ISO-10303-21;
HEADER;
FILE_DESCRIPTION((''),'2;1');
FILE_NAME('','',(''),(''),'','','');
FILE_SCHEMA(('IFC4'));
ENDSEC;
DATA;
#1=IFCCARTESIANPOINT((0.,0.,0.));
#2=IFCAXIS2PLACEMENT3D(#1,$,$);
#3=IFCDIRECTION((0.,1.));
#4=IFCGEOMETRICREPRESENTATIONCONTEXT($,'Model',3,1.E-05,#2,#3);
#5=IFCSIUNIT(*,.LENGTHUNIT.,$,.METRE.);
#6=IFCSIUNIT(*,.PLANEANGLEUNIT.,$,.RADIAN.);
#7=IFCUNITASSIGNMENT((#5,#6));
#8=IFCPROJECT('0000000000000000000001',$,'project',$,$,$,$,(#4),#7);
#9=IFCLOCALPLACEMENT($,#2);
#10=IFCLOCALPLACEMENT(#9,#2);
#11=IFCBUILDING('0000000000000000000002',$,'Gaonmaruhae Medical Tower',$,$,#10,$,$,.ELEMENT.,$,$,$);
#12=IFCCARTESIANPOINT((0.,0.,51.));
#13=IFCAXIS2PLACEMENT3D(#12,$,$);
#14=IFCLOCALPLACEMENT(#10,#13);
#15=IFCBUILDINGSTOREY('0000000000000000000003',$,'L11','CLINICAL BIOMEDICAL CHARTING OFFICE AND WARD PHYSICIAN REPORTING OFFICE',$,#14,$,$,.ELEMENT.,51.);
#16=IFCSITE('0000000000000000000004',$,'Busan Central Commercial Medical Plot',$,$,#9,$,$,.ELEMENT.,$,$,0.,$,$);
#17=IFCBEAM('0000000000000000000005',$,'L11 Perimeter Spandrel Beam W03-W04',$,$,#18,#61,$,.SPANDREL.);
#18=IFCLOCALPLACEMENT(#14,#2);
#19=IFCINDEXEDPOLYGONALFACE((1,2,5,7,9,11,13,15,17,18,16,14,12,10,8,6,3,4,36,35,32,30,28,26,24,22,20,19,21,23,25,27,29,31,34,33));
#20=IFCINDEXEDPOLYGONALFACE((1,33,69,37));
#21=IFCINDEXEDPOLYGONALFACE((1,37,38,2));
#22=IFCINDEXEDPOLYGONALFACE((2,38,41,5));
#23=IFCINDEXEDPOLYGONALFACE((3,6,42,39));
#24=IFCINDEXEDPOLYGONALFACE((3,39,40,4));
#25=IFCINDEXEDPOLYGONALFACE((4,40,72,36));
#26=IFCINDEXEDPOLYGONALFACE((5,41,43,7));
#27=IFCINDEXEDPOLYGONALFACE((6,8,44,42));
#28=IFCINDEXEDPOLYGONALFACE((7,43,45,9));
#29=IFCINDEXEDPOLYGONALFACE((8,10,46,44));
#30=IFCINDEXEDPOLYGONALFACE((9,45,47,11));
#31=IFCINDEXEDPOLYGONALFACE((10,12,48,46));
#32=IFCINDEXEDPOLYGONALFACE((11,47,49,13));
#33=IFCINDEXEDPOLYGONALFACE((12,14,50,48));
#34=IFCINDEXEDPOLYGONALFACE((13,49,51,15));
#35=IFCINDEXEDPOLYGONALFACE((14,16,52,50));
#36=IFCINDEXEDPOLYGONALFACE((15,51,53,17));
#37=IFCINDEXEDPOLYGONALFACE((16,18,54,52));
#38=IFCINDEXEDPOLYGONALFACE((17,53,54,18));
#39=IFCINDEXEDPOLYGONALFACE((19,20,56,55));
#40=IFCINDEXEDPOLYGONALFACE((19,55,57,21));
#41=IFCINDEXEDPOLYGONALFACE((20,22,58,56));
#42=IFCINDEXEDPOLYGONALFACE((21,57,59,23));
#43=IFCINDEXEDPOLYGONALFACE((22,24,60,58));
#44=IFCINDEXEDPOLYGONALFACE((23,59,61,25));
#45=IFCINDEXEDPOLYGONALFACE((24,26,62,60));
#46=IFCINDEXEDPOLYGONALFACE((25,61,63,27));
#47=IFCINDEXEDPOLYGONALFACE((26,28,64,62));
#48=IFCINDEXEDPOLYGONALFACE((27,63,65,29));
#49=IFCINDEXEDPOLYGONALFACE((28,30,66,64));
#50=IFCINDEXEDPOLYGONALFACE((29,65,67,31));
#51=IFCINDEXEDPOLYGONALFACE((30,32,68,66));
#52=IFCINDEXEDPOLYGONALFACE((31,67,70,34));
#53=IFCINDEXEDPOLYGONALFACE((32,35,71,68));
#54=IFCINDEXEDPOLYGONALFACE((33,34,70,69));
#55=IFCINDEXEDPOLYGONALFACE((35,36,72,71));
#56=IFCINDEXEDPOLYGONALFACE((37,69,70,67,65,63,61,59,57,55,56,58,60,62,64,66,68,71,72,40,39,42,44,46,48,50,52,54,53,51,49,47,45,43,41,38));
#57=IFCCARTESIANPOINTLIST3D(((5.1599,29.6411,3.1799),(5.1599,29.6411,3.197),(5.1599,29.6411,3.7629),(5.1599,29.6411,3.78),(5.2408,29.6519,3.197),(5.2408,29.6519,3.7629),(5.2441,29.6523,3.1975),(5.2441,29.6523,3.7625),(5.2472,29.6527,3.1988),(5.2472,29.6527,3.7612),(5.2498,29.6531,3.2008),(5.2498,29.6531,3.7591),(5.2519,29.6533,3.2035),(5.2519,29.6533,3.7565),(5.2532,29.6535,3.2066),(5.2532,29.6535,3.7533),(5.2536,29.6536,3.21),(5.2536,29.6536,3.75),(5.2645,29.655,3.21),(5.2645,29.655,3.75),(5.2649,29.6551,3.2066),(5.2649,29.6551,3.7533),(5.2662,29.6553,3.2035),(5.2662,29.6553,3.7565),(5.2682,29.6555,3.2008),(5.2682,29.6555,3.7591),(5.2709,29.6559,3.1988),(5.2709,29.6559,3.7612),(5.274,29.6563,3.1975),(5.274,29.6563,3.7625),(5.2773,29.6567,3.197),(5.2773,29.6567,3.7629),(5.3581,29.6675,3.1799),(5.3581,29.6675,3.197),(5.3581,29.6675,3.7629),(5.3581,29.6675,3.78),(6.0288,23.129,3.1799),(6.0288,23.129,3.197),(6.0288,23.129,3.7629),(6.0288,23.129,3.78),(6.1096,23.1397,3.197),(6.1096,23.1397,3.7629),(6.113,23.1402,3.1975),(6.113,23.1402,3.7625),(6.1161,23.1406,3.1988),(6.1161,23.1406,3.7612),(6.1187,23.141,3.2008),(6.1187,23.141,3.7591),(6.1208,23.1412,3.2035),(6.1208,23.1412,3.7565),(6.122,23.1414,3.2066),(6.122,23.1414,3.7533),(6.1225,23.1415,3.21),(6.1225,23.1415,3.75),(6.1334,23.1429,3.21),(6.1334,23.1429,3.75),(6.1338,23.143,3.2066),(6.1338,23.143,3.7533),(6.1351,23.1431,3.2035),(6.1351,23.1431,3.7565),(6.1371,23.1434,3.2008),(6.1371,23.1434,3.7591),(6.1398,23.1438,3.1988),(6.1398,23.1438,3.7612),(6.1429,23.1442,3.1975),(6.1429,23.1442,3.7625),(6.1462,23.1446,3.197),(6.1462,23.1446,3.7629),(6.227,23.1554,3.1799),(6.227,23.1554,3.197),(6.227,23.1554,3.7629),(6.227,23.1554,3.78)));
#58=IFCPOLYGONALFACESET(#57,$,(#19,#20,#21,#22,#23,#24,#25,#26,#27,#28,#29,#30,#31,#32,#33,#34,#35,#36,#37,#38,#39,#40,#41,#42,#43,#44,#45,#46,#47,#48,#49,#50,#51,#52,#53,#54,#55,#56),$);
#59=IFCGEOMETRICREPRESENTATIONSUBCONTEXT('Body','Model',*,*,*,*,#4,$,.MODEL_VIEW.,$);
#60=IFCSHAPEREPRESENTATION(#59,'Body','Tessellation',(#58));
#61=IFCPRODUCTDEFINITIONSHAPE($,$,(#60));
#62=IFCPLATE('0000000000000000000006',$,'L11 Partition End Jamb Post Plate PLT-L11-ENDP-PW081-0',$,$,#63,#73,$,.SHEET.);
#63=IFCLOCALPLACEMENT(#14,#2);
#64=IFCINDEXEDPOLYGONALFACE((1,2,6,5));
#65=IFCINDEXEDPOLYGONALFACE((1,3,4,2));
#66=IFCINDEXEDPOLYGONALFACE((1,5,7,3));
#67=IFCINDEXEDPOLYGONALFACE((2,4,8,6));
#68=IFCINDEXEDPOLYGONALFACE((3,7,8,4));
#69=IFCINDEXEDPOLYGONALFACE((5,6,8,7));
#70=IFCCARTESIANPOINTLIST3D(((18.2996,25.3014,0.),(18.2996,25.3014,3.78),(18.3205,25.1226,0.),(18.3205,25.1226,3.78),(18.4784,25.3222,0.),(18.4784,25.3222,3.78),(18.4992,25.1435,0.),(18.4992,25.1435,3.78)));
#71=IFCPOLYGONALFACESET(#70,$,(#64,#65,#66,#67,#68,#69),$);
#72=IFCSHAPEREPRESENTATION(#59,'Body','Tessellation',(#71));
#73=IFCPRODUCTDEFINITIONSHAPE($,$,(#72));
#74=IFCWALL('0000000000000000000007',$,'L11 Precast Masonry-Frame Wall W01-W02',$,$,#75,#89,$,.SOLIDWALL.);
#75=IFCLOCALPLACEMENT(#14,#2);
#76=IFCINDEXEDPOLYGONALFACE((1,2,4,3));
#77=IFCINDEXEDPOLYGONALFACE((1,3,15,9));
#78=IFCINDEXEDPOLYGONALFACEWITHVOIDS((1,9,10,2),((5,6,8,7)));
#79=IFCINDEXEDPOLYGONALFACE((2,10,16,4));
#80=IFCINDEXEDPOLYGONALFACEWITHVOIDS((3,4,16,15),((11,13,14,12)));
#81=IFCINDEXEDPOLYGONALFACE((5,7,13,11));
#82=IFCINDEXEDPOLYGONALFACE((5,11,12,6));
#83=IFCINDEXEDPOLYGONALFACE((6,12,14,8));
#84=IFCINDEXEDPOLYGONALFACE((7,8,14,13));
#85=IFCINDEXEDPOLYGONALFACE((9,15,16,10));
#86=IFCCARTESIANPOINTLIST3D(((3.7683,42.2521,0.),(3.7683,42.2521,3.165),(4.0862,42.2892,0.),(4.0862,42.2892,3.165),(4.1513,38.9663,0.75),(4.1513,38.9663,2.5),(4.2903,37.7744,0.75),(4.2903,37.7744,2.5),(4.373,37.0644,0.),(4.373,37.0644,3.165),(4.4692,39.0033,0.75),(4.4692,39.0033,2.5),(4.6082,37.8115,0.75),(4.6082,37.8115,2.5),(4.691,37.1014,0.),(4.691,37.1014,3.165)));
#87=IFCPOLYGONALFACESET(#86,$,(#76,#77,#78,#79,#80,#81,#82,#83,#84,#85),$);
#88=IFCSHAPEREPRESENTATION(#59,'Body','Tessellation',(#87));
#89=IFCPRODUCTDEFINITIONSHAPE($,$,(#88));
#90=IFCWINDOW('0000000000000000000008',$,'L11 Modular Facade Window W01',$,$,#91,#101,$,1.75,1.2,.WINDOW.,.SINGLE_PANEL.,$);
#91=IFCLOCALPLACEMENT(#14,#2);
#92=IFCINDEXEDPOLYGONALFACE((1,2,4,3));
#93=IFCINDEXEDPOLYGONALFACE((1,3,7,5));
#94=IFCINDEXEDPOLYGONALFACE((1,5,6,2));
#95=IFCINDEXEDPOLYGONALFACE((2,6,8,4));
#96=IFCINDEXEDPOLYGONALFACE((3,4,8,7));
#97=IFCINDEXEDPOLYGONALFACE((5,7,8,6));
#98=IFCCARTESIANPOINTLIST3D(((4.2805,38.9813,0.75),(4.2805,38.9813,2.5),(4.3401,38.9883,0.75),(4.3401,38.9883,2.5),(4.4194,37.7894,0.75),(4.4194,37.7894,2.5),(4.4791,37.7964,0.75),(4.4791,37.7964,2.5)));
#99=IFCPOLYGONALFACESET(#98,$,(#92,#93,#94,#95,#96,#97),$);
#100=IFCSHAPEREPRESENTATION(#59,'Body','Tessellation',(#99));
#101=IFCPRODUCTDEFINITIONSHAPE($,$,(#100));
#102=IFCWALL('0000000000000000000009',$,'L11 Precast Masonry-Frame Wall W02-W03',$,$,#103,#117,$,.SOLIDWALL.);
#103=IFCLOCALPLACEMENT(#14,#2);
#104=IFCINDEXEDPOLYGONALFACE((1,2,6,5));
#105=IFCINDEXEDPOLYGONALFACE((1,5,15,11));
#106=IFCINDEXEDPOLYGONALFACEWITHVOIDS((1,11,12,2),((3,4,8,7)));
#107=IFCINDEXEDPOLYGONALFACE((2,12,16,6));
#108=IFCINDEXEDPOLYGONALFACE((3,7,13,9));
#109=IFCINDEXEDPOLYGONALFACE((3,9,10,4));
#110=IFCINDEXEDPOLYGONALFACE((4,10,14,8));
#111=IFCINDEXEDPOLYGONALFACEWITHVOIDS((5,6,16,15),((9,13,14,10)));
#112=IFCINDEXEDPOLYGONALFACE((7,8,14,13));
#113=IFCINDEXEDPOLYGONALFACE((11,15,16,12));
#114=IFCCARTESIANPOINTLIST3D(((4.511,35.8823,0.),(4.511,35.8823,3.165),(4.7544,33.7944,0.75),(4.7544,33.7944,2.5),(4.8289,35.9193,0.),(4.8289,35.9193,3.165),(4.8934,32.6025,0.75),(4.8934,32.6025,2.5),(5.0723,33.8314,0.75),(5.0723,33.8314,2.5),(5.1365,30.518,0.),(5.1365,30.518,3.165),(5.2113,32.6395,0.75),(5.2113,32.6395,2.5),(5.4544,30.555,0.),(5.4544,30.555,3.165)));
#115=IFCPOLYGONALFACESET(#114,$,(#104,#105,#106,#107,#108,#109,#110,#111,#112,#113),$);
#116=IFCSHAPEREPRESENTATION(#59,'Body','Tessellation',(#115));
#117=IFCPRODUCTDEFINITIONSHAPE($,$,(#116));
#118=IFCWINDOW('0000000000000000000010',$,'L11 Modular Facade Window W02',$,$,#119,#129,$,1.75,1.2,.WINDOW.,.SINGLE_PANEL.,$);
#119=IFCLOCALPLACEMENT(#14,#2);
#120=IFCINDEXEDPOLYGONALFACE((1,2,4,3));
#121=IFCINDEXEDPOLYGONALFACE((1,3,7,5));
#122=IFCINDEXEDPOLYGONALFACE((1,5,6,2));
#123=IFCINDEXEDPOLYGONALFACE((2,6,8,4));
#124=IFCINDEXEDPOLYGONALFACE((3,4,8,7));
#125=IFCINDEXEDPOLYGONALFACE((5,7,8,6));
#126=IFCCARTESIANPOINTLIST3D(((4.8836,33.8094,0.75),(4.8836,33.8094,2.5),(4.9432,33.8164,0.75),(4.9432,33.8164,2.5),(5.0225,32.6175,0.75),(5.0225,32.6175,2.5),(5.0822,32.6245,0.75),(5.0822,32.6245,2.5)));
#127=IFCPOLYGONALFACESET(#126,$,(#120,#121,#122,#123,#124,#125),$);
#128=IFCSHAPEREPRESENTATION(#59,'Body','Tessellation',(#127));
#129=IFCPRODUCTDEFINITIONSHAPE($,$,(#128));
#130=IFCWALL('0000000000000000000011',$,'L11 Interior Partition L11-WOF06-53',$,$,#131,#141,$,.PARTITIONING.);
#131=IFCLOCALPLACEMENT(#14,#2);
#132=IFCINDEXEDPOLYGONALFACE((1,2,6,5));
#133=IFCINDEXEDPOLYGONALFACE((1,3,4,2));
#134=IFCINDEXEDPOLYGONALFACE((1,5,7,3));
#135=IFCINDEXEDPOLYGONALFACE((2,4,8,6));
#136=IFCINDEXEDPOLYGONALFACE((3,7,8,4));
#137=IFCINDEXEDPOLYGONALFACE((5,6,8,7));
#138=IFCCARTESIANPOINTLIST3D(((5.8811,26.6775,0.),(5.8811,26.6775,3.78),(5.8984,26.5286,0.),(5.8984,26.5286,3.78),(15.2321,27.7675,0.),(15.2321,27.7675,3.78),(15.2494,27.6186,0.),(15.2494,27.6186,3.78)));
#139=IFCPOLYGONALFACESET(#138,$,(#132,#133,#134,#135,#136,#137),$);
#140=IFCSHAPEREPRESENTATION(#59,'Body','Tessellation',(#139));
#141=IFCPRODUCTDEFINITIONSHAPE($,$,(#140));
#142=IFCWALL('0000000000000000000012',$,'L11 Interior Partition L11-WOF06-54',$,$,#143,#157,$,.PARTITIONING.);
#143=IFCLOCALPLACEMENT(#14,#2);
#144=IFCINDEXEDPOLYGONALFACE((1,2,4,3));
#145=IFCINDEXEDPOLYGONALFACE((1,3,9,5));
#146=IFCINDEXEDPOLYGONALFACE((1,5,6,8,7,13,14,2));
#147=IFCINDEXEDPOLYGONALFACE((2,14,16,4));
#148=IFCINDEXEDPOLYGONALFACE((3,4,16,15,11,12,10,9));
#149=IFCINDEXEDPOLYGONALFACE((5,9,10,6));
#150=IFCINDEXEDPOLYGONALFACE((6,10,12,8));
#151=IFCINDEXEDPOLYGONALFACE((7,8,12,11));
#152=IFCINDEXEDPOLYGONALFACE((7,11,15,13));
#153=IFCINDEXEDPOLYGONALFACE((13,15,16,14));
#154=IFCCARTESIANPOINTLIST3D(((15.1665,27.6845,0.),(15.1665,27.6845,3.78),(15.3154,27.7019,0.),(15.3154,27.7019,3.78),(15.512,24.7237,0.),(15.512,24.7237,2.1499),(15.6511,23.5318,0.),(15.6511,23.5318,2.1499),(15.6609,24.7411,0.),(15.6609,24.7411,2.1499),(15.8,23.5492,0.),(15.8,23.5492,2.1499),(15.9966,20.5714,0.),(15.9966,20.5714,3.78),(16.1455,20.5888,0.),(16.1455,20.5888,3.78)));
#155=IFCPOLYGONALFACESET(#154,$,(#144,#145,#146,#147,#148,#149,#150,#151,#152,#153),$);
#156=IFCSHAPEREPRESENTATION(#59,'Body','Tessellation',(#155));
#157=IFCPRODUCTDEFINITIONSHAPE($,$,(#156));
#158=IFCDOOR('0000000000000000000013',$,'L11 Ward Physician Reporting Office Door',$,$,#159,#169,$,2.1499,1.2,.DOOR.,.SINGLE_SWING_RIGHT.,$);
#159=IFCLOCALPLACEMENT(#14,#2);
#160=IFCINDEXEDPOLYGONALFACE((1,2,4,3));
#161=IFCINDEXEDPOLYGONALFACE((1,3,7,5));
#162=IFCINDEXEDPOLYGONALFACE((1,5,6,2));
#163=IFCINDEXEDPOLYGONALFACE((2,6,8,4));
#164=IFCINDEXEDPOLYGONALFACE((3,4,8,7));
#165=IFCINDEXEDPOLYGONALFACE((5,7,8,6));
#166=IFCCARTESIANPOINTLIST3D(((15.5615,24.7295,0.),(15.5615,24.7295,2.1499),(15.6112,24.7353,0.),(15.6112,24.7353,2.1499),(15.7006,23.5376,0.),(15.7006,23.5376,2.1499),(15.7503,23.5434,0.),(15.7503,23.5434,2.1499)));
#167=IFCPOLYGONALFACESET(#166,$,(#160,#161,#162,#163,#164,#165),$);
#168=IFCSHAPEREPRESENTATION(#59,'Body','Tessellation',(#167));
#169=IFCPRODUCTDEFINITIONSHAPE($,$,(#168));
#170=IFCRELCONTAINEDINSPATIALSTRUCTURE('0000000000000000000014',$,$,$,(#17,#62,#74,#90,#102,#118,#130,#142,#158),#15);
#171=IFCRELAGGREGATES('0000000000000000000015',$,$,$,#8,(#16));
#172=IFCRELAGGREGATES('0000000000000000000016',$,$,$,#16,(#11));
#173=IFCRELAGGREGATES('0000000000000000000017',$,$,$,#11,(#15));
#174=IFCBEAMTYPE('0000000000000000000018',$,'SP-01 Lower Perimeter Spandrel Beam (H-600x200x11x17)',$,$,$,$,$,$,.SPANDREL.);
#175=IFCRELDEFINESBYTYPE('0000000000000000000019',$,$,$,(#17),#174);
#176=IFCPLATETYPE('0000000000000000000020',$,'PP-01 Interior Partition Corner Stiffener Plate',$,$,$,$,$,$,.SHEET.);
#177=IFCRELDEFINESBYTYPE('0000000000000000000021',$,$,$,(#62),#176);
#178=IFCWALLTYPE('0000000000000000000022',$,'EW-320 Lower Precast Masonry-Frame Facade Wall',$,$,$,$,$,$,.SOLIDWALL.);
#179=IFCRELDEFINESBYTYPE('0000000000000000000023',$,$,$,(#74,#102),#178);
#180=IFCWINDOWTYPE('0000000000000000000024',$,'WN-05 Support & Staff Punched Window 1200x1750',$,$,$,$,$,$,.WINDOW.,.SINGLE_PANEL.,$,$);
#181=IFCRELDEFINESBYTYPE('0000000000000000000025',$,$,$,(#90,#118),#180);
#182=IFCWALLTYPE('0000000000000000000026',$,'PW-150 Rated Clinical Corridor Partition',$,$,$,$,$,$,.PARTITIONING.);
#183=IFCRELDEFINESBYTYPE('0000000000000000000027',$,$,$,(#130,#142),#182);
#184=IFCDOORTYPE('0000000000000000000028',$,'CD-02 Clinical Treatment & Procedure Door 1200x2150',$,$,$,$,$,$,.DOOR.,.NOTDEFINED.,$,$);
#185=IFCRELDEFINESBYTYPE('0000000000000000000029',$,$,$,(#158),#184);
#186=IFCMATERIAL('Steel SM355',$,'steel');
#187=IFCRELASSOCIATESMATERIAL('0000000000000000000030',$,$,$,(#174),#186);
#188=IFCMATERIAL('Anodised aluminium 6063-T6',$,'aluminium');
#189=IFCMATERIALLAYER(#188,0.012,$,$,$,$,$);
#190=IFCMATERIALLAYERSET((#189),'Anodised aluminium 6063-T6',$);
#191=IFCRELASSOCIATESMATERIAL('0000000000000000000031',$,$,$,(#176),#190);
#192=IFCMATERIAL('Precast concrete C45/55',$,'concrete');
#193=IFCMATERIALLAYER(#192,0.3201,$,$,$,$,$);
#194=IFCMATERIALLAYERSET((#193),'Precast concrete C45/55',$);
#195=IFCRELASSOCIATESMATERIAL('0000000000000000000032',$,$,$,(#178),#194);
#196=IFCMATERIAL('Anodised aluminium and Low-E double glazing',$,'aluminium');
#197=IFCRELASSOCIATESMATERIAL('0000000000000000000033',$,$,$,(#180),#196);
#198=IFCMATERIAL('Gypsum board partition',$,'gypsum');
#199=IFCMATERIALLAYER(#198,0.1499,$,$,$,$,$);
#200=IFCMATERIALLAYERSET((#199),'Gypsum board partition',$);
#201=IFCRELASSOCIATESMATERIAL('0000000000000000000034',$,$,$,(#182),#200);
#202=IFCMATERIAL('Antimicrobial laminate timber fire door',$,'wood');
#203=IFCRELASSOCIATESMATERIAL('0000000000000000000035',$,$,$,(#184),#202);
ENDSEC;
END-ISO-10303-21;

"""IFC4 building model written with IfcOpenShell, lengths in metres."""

from ifc_helpers import new_model, si_unit, direction, frame, frame_2d, origin, origin_2d, place, context, subcontext, project, spatial, rectangle, i_section, extrude, material, layer, layer_set, material_profile, profile_set, type_object, element, fill, save


model = new_model("IFC4")

# Units and contexts
model_context = context("Model", 3, precision=1e-05, world=origin(), true_north=direction((0.0, 1.0)))
body_context = subcontext(model_context, "Body", "Model", "MODEL_VIEW")
ifc_project = project(units=[si_unit("LENGTHUNIT", "METRE"), si_unit("PLANEANGLEUNIT", "RADIAN")], contexts=[model_context])

# Site, building, storey
site_placement = place(None, origin())
site = spatial("IfcSite", under=ifc_project, at=site_placement, Name="Busan Central Commercial Medical Plot", CompositionType="ELEMENT", RefElevation=0.0)
building_placement = place(site_placement, origin())
building = spatial("IfcBuilding", under=site, at=building_placement, Name="Gaonmaruhae Medical Tower", CompositionType="ELEMENT")
storey_placement = place(building_placement, frame((0.0, 0.0, 51.0)))
storey = spatial("IfcBuildingStorey", under=building, at=storey_placement, Name="L11", Description="CLINICAL BIOMEDICAL CHARTING OFFICE AND WARD PHYSICIAN REPORTING OFFICE", CompositionType="ELEMENT", Elevation=51.0)

# Beam
ifc_material_1 = material(Name="Steel SM355", Category="steel")
ifc_material_profile_1 = material_profile(ifc_material_1, i_section(OverallWidth=0.2, OverallDepth=0.6001, WebThickness=0.011, FlangeThickness=0.0171, FilletRadius=0.0129, at=origin_2d()), Name="H-600x200x11x17")
ifc_profile_set_1 = profile_set([ifc_material_profile_1], Name="Steel SM355")
beam_type_1 = type_object("IfcBeamType", Name="SP-01 Lower Perimeter Spandrel Beam (H-600x200x11x17)", PredefinedType="SPANDREL", material=ifc_profile_set_1)
beam_1_placement = place(storey_placement, frame((5.259, 29.6543, 3.48), z_axis=(0.132254, -0.991216, 0.0), x_axis=(0.991216, 0.132254, 0.0)))
element("IfcBeam", 1, at=beam_1_placement, inside=storey, type_object=beam_type_1, Name="L11 Perimeter Spandrel Beam W03-W04", PredefinedType="SPANDREL", context=body_context, shape_type="SweptSolid", body=[
    extrude(i_section(OverallWidth=0.2, OverallDepth=0.6001, WebThickness=0.011, FlangeThickness=0.0171, FilletRadius=0.0129, at=origin_2d()), origin(), (0.0, 0.0, 1.0), 6.5698),
])

# Plate
ifc_material_2 = material(Name="Anodised aluminium 6063-T6", Category="aluminium")
ifc_layer_1 = layer(ifc_material_2, 0.012)
ifc_layer_set_1 = layer_set([ifc_layer_1], Name="Anodised aluminium 6063-T6")
plate_type = type_object("IfcPlateType", Name="PP-01 Interior Partition Corner Stiffener Plate", PredefinedType="SHEET", material=ifc_layer_set_1)
plate_placement = place(storey_placement, frame((18.3994, 25.2224, 0.0), z_axis=(0.0, 0.0, 1.0), x_axis=(-0.115821, 0.99327, 0.0)))
element("IfcPlate", 2, at=plate_placement, inside=storey, type_object=plate_type, Name="L11 Partition End Jamb Post Plate PLT-L11-ENDP-PW081-0", PredefinedType="SHEET", context=body_context, shape_type="SweptSolid", body=[
    extrude(rectangle(XDim=0.1799, YDim=0.1799, at=origin_2d()), origin(), (0.0, 0.0, 1.0), 3.78),
])

# Walls, openings, windows
ifc_material_3 = material(Name="Precast concrete C45/55", Category="concrete")
ifc_layer_2 = layer(ifc_material_3, 0.3201)
ifc_layer_set_2 = layer_set([ifc_layer_2], Name="Precast concrete C45/55")
wall_type_1 = type_object("IfcWallType", Name="EW-320 Lower Precast Masonry-Frame Facade Wall", PredefinedType="SOLIDWALL", material=ifc_layer_set_2)
wall_1_placement = place(storey_placement, frame((4.532, 37.083, 0.0), z_axis=(0.0, 0.0, 1.0), x_axis=(-0.115786, 0.993274, 0.0)))
wall_1 = element("IfcWall", 3, at=wall_1_placement, inside=storey, type_object=wall_type_1, Name="L11 Precast Masonry-Frame Wall W01-W02", PredefinedType="SOLIDWALL", context=body_context, shape_type="SweptSolid", body=[
    extrude(rectangle(XDim=5.2229, YDim=0.3201, at=frame_2d((2.6113, 0.0))), origin(), (0.0, 0.0, 1.0), 3.165),
])
opening_1_placement = place(wall_1_placement, frame((0.7146, 0.0, 0.75)))
opening_1 = element("IfcOpeningElement", 4, at=opening_1_placement, cuts=wall_1, PredefinedType="OPENING", context=body_context, shape_type="SweptSolid", body=[
    extrude(rectangle(XDim=1.2, YDim=1.75, at=frame_2d((0.6001, 0.875))), frame((0.0, 0.1699, 0.0), z_axis=(0.0, -1.0, 0.0), x_axis=(1.0, 0.0, 0.0)), (0.0, 0.0, 1.0), 0.3401),
])
ifc_material_4 = material(Name="Anodised aluminium and Low-E double glazing", Category="aluminium")
window_type = type_object("IfcWindowType", Name="WN-05 Support & Staff Punched Window 1200x1750", PartitioningType="SINGLE_PANEL", PredefinedType="WINDOW", material=ifc_material_4)
window_1_placement = place(opening_1_placement, origin())
window_1 = element("IfcWindow", 5, at=window_1_placement, inside=storey, type_object=window_type, Name="L11 Modular Facade Window W01", OverallHeight=1.75, OverallWidth=1.2, PartitioningType="SINGLE_PANEL", PredefinedType="WINDOW", context=body_context, shape_type="SweptSolid", body=[
    extrude(rectangle(XDim=1.2, YDim=1.75, at=frame_2d((0.6001, 0.875))), frame((0.0, 0.03, 0.0), z_axis=(0.0, -1.0, 0.0), x_axis=(1.0, 0.0, 0.0)), (0.0, 0.0, 1.0), 0.0601),
])
fill(opening_1, window_1)
wall_2_placement = place(storey_placement, frame((5.2954, 30.5366, 0.0), z_axis=(0.0, 0.0, 1.0), x_axis=(-0.115818, 0.99327, 0.0)))
wall_2 = element("IfcWall", 6, at=wall_2_placement, inside=storey, type_object=wall_type_1, Name="L11 Precast Masonry-Frame Wall W02-W03", PredefinedType="SOLIDWALL", context=body_context, shape_type="SweptSolid", body=[
    extrude(rectangle(XDim=5.4006, YDim=0.3201, at=frame_2d((2.7002, 0.0))), origin(), (0.0, 0.0, 1.0), 3.165),
])
opening_2_placement = place(wall_2_placement, frame((2.0984, 0.0, 0.75)))
opening_2 = element("IfcOpeningElement", 7, at=opening_2_placement, cuts=wall_2, PredefinedType="OPENING", context=body_context, shape_type="SweptSolid", body=[
    extrude(rectangle(XDim=1.2, YDim=1.75, at=frame_2d((0.6001, 0.875))), frame((0.0, 0.1699, 0.0), z_axis=(0.0, -1.0, 0.0), x_axis=(1.0, 0.0, 0.0)), (0.0, 0.0, 1.0), 0.3401),
])
window_2_placement = place(opening_2_placement, origin())
window_2 = element("IfcWindow", 8, at=window_2_placement, inside=storey, type_object=window_type, Name="L11 Modular Facade Window W02", OverallHeight=1.75, OverallWidth=1.2, PartitioningType="SINGLE_PANEL", PredefinedType="WINDOW", context=body_context, shape_type="SweptSolid", body=[
    extrude(rectangle(XDim=1.2, YDim=1.75, at=frame_2d((0.6001, 0.875))), frame((0.0, 0.03, 0.0), z_axis=(0.0, -1.0, 0.0), x_axis=(1.0, 0.0, 0.0)), (0.0, 0.0, 1.0), 0.0601),
])
fill(opening_2, window_2)

# Wall
ifc_material_5 = material(Name="Gypsum board partition", Category="gypsum")
ifc_layer_3 = layer(ifc_material_5, 0.1499)
ifc_layer_set_3 = layer_set([ifc_layer_3], Name="Gypsum board partition")
wall_type_2 = type_object("IfcWallType", Name="PW-150 Rated Clinical Corridor Partition", PredefinedType="PARTITIONING", material=ifc_layer_set_3)
wall_3_placement = place(storey_placement, frame((5.8899, 26.603, 0.0), z_axis=(0.0, 0.0, 1.0), x_axis=(0.993274, 0.115789, 0.0)))
element("IfcWall", 9, at=wall_3_placement, inside=storey, type_object=wall_type_2, Name="L11 Interior Partition L11-WOF06-53", PredefinedType="PARTITIONING", context=body_context, shape_type="SweptSolid", body=[
    extrude(rectangle(XDim=9.4143, YDim=0.1499, at=frame_2d((4.707, 0.0))), origin(), (0.0, 0.0, 1.0), 3.78),
])

# Wall, opening, door
wall_4_placement = place(storey_placement, frame((15.241, 27.6931, 0.0), z_axis=(0.0, 0.0, 1.0), x_axis=(0.115912, -0.99326, 0.0)))
wall_4 = element("IfcWall", 10, at=wall_4_placement, inside=storey, type_object=wall_type_2, Name="L11 Interior Partition L11-WOF06-54", PredefinedType="PARTITIONING", context=body_context, shape_type="SweptSolid", body=[
    extrude(rectangle(XDim=7.1614, YDim=0.1499, at=frame_2d((3.5806, 0.0))), origin(), (0.0, 0.0, 1.0), 3.78),
])
opening_3_placement = place(wall_4_placement, frame((2.9807, 0.0, 0.0)))
opening_3 = element("IfcOpeningElement", 11, at=opening_3_placement, cuts=wall_4, PredefinedType="OPENING", context=body_context, shape_type="SweptSolid", body=[
    extrude(rectangle(XDim=1.2, YDim=2.1499, at=frame_2d((0.6001, 1.075))), frame((0.0, 0.085, 0.0), z_axis=(0.0, -1.0, 0.0), x_axis=(1.0, 0.0, 0.0)), (0.0, 0.0, 1.0), 0.1699),
])
ifc_material_6 = material(Name="Antimicrobial laminate timber fire door", Category="wood")
door_type_1 = type_object("IfcDoorType", Name="CD-02 Clinical Treatment & Procedure Door 1200x2150", OperationType="NOTDEFINED", PredefinedType="DOOR", material=ifc_material_6)
door_1_placement = place(opening_3_placement, origin())
door_1 = element("IfcDoor", 12, at=door_1_placement, inside=storey, type_object=door_type_1, Name="L11 Ward Physician Reporting Office Door", OperationType="SINGLE_SWING_RIGHT", OverallHeight=2.1499, OverallWidth=1.2, PredefinedType="DOOR", context=body_context, shape_type="SweptSolid", body=[
    extrude(rectangle(XDim=1.2, YDim=2.1499, at=frame_2d((0.6001, 1.075))), frame((0.0, 0.0249, 0.0), z_axis=(0.0, -1.0, 0.0), x_axis=(1.0, 0.0, 0.0)), (0.0, 0.0, 1.0), 0.05),
])
fill(opening_3, door_1)

save(model, "model.ifc")
